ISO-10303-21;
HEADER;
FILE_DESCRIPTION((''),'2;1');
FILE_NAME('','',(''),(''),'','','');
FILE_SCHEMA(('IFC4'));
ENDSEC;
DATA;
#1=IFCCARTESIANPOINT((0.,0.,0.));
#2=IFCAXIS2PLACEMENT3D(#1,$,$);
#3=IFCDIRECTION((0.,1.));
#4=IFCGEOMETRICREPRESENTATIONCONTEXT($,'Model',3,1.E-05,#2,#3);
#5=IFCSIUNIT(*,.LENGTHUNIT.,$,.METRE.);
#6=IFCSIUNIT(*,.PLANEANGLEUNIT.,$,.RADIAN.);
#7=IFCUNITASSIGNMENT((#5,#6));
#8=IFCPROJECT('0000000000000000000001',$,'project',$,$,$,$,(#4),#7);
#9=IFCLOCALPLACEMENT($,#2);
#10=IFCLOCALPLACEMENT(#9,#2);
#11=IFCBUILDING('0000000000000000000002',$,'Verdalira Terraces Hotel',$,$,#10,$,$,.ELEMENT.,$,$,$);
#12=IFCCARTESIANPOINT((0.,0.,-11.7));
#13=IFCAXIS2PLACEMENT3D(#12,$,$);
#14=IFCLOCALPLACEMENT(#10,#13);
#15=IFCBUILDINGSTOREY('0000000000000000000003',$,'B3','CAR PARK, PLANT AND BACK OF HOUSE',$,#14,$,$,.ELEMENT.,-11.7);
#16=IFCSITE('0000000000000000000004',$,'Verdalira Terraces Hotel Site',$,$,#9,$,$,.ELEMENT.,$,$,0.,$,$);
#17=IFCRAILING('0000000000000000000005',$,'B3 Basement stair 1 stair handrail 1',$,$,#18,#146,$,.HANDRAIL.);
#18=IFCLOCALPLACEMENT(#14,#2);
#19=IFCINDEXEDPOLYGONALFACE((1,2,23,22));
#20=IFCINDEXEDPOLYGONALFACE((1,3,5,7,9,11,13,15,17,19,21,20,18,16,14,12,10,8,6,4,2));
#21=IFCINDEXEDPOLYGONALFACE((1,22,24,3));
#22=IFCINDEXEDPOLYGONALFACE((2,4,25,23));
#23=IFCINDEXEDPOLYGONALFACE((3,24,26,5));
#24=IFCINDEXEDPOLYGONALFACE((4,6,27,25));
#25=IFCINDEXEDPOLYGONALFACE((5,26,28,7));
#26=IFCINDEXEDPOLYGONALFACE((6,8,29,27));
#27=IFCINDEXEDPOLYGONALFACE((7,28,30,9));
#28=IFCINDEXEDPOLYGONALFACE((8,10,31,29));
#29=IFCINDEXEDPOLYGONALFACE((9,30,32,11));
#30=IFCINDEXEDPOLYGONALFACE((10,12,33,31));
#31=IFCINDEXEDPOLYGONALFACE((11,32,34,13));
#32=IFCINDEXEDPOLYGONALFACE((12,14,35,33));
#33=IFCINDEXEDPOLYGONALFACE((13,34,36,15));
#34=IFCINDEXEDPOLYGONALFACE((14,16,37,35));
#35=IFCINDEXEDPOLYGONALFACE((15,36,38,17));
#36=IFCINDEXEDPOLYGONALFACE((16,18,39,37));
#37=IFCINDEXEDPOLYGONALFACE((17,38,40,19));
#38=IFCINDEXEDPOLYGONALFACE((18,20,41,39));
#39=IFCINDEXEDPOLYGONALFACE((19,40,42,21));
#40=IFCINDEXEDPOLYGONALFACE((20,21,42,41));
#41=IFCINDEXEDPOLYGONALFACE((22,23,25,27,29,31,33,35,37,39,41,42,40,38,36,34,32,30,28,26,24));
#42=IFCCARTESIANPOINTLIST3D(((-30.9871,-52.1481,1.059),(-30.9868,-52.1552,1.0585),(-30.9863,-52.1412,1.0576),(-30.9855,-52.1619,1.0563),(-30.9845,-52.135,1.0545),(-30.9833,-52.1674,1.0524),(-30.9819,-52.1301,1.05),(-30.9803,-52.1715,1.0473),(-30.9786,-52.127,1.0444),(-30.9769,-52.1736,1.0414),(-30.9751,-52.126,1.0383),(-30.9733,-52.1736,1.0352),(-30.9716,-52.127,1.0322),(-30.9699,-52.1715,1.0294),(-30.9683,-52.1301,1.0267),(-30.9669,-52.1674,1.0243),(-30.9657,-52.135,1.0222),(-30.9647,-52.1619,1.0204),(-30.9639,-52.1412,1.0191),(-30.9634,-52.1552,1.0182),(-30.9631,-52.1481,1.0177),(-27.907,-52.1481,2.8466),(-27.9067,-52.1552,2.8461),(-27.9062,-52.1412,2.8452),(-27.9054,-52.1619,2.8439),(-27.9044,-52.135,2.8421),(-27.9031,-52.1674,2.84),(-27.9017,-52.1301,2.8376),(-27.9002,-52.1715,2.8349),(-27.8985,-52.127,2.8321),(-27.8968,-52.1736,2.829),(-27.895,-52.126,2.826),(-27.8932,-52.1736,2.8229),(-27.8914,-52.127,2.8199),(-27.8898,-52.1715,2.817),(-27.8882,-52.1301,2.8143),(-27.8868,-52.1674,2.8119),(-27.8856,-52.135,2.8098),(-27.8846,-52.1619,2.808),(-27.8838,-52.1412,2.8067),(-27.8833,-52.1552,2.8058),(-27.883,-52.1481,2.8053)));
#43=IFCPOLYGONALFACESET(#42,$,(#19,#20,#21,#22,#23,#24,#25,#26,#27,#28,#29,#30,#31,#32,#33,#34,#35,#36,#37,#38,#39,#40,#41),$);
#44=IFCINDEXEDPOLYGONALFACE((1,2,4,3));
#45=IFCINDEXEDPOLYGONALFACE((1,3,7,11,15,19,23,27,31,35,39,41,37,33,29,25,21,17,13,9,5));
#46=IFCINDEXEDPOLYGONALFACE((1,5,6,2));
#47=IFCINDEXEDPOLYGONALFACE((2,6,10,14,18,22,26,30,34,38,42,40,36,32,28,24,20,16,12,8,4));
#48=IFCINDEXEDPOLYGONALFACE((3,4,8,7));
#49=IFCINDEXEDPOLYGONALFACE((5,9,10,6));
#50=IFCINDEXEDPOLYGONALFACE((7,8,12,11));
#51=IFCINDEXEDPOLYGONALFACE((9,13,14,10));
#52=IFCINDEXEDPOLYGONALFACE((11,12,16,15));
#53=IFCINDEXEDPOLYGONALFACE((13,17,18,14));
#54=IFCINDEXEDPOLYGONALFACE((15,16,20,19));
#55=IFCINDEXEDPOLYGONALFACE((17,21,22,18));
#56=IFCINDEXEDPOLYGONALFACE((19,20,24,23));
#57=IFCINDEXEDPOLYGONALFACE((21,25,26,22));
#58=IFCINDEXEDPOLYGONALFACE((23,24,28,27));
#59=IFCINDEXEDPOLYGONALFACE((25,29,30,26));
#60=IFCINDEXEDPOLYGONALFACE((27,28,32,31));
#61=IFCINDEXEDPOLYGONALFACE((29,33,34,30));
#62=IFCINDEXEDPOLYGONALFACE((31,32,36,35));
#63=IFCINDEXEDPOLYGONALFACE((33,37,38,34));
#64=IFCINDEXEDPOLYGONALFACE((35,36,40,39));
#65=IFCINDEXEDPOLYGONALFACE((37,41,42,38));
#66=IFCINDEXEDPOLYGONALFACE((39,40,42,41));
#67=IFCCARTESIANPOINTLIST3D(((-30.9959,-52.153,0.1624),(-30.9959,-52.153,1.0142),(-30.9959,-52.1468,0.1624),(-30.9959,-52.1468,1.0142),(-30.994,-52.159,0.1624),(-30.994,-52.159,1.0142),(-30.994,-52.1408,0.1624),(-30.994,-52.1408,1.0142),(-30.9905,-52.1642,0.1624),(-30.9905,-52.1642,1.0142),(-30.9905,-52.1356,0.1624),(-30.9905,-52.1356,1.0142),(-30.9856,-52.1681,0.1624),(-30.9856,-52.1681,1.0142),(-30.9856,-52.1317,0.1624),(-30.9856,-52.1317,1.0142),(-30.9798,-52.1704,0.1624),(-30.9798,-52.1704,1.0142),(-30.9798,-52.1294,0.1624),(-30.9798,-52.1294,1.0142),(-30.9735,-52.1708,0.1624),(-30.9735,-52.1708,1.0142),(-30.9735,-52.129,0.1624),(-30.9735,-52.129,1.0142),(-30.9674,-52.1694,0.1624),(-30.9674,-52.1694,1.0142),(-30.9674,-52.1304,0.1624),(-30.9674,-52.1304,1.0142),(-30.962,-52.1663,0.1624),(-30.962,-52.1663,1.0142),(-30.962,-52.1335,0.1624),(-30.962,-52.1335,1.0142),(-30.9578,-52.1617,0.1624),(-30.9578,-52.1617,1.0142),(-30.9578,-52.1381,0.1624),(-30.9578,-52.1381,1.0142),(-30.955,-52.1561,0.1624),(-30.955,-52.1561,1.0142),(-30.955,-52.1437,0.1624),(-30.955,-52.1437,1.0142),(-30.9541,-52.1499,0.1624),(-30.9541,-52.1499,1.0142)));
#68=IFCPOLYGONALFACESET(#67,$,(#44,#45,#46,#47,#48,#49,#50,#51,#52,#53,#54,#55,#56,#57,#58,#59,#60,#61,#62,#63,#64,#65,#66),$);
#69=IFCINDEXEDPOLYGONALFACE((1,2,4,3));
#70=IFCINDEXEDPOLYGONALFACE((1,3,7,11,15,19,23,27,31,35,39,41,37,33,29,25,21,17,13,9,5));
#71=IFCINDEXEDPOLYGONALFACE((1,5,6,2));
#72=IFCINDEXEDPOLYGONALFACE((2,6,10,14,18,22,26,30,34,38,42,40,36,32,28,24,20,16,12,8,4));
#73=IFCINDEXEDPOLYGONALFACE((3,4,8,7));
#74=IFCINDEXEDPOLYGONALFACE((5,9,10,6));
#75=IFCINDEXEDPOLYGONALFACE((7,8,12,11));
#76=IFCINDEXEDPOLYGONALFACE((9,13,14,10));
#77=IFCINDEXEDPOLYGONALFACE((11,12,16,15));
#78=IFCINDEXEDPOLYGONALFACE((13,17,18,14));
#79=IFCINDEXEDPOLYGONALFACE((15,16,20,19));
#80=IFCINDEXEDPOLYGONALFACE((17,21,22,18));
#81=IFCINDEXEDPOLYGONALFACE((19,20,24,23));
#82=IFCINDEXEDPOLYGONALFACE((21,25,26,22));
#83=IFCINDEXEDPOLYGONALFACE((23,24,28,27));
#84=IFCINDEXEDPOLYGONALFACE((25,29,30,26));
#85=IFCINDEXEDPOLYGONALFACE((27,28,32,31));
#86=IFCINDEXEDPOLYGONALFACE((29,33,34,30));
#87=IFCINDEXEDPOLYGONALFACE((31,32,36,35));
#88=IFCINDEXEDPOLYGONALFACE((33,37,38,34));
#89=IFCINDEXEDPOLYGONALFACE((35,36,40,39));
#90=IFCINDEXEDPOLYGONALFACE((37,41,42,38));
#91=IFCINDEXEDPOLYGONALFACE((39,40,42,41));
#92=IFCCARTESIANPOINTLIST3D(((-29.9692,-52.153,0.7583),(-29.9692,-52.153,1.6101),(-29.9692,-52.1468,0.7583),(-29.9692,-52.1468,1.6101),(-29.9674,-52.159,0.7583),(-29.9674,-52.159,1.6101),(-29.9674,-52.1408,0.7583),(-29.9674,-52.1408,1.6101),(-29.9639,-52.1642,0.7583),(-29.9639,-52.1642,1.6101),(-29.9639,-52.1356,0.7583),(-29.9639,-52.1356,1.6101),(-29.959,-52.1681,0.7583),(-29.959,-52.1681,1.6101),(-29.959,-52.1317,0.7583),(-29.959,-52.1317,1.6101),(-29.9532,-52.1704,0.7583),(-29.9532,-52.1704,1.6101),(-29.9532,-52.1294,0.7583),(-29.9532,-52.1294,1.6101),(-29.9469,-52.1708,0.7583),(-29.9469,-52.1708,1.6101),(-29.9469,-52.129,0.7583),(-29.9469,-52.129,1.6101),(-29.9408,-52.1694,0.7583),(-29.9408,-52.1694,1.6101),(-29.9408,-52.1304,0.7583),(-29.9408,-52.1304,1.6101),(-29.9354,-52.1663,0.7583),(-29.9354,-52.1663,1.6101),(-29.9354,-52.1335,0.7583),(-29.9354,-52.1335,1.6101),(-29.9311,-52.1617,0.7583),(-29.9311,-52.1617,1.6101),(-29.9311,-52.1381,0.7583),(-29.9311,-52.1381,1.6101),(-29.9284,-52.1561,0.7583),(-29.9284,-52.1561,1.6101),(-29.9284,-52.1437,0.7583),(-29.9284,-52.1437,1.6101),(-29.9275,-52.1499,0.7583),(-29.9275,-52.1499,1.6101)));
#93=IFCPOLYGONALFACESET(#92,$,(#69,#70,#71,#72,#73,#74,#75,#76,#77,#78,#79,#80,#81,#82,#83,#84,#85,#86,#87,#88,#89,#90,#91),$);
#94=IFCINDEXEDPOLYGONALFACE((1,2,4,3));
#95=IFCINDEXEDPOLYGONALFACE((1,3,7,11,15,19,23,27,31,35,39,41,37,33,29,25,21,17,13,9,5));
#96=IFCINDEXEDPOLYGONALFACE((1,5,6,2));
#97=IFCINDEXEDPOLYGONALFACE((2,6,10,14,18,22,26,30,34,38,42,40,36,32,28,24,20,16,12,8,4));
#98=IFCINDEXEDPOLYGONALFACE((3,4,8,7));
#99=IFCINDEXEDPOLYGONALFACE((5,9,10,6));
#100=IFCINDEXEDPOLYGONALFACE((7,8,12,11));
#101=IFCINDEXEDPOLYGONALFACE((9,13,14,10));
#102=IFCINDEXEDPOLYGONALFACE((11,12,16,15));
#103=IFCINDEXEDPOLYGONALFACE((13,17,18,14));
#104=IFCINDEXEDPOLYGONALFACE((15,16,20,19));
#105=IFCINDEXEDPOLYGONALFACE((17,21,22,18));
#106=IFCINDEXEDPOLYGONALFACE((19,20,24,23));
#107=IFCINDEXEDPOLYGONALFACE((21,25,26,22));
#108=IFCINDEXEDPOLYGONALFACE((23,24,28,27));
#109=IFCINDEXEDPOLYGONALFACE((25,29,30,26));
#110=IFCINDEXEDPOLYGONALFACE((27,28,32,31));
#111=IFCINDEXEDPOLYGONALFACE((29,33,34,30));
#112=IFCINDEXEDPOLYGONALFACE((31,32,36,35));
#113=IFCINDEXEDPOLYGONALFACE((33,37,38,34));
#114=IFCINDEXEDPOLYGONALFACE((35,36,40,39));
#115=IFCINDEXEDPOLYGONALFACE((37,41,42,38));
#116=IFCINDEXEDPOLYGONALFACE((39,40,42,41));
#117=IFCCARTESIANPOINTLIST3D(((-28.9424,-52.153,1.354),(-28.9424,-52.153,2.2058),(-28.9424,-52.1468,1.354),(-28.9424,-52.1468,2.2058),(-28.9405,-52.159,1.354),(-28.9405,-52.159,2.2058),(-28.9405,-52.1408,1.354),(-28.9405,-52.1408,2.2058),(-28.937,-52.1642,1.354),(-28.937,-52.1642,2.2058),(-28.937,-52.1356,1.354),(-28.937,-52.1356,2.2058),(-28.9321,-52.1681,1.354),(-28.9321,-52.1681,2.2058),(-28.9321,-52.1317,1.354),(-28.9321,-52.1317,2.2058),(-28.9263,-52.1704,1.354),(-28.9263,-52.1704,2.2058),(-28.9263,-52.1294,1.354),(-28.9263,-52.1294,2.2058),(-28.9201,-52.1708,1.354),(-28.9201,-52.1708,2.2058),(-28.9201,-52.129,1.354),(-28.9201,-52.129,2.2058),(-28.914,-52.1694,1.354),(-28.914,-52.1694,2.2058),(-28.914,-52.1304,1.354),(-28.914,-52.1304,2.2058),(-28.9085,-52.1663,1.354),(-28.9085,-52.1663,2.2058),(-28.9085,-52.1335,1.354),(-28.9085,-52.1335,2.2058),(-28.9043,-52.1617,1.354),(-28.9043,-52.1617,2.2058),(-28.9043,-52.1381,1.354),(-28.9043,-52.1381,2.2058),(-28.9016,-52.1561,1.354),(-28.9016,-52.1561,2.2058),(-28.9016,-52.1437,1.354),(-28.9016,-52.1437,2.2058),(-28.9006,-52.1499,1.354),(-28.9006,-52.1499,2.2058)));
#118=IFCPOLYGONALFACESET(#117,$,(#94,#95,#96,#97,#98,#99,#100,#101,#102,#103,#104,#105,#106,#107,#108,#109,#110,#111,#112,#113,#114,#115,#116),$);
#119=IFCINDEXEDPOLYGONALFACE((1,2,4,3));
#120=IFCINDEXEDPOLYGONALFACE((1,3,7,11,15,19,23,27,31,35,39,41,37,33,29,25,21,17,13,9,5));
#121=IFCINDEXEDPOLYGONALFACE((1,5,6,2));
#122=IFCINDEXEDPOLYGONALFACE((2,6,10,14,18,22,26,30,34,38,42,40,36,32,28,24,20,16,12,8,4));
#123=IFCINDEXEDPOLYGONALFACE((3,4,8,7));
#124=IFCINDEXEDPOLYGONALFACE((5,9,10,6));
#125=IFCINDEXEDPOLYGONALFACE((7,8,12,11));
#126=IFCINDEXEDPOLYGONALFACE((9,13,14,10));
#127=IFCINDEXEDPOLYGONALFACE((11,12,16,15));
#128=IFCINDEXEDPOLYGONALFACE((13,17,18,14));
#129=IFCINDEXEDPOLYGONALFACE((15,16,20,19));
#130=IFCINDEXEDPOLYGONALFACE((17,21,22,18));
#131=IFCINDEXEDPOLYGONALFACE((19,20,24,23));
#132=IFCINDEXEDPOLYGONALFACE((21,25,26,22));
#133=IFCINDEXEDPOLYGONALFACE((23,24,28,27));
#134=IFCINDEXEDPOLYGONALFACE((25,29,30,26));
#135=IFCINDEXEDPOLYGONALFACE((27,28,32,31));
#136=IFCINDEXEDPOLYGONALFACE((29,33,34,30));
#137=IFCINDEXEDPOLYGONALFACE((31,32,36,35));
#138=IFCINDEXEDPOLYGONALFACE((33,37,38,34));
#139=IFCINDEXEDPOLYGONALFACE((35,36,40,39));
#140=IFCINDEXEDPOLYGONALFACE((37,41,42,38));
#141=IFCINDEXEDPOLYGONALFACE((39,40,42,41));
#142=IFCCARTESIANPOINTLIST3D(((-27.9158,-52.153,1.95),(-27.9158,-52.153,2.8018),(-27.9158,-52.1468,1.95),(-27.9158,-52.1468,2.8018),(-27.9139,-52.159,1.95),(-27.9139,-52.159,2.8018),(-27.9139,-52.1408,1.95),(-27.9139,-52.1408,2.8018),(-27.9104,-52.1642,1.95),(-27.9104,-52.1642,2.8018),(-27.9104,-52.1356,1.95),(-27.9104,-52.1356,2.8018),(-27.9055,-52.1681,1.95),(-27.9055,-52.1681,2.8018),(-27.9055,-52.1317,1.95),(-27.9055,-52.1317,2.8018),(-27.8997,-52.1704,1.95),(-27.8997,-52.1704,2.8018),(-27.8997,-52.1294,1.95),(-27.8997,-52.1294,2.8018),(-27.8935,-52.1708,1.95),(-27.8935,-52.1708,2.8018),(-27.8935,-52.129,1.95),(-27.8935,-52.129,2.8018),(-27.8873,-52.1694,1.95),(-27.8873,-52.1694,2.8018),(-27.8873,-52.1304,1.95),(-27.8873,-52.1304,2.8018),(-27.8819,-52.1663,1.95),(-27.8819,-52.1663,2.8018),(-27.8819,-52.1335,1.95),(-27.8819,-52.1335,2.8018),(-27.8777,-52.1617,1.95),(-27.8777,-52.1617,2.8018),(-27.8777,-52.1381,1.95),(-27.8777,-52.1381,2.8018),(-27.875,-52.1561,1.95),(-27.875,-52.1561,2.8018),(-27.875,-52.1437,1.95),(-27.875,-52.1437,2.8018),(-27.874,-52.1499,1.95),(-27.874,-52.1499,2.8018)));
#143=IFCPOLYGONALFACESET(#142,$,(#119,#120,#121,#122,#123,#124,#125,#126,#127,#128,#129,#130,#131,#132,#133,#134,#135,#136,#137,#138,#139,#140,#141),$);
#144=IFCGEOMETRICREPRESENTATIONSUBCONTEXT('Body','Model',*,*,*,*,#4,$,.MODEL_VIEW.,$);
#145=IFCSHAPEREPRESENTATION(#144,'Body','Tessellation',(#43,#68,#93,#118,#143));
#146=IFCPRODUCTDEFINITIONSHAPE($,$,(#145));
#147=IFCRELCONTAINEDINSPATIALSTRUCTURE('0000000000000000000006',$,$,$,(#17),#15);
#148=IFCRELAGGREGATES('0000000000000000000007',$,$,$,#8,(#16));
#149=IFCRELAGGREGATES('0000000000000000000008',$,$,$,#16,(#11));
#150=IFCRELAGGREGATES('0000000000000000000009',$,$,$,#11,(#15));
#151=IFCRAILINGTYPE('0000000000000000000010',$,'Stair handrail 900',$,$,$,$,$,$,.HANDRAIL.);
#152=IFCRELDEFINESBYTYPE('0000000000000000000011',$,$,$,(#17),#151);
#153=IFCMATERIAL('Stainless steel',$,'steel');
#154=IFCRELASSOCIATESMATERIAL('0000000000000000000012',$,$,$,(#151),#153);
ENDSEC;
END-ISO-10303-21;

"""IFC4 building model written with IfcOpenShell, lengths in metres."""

from ifc_helpers import new_model, si_unit, direction, frame, origin, origin_2d, place, context, subcontext, project, spatial, circle, extrude, material, type_object, element, save


model = new_model("IFC4")

# Units and contexts
model_context = context("Model", 3, precision=1e-05, world=origin(), true_north=direction((0.0, 1.0)))
body_context = subcontext(model_context, "Body", "Model", "MODEL_VIEW")
ifc_project = project(units=[si_unit("LENGTHUNIT", "METRE"), si_unit("PLANEANGLEUNIT", "RADIAN")], contexts=[model_context])

# Site, building, storey
site_placement = place(None, origin())
site = spatial("IfcSite", under=ifc_project, at=site_placement, Name="Verdalira Terraces Hotel Site", CompositionType="ELEMENT", RefElevation=0.0)
building_placement = place(site_placement, origin())
building = spatial("IfcBuilding", under=site, at=building_placement, Name="Verdalira Terraces Hotel", CompositionType="ELEMENT")
storey_placement = place(building_placement, frame((0.0, 0.0, -11.7)))
storey = spatial("IfcBuildingStorey", under=building, at=storey_placement, Name="B3", Description="CAR PARK, PLANT AND BACK OF HOUSE", CompositionType="ELEMENT", Elevation=-11.7)

# Railing
ifc_material_1 = material(Name="Stainless steel", Category="steel")
railing_type_1 = type_object("IfcRailingType", Name="Stair handrail 900", PredefinedType="HANDRAIL", material=ifc_material_1)
railing_1_placement = place(storey_placement, frame((-30.9751, -52.1499, 0.1624)))
element("IfcRailing", 1, at=railing_1_placement, inside=storey, type_object=railing_type_1, Name="B3 Basement stair 1 stair handrail 1", PredefinedType="HANDRAIL", context=body_context, shape_type="SweptSolid", body=[
    extrude(circle(Radius=0.0239, at=origin_2d()), frame((0.0, 0.0, 0.876), z_axis=(0.864891, 0.0, 0.50196), x_axis=(0.0, 1.0, 0.0)), (0.0, 0.0, 1.0), 3.5613),
    extrude(circle(Radius=0.021, at=origin_2d()), origin(), (0.0, 0.0, 1.0), 0.8518),
    extrude(circle(Radius=0.021, at=origin_2d()), frame((1.0266, 0.0, 0.5959)), (0.0, 0.0, 1.0), 0.8518),
    extrude(circle(Radius=0.021, at=origin_2d()), frame((2.0535, 0.0, 1.1917)), (0.0, 0.0, 1.0), 0.8518),
    extrude(circle(Radius=0.021, at=origin_2d()), frame((3.0801, 0.0, 1.7876)), (0.0, 0.0, 1.0), 0.8518),
])

save(model, "model.ifc")
